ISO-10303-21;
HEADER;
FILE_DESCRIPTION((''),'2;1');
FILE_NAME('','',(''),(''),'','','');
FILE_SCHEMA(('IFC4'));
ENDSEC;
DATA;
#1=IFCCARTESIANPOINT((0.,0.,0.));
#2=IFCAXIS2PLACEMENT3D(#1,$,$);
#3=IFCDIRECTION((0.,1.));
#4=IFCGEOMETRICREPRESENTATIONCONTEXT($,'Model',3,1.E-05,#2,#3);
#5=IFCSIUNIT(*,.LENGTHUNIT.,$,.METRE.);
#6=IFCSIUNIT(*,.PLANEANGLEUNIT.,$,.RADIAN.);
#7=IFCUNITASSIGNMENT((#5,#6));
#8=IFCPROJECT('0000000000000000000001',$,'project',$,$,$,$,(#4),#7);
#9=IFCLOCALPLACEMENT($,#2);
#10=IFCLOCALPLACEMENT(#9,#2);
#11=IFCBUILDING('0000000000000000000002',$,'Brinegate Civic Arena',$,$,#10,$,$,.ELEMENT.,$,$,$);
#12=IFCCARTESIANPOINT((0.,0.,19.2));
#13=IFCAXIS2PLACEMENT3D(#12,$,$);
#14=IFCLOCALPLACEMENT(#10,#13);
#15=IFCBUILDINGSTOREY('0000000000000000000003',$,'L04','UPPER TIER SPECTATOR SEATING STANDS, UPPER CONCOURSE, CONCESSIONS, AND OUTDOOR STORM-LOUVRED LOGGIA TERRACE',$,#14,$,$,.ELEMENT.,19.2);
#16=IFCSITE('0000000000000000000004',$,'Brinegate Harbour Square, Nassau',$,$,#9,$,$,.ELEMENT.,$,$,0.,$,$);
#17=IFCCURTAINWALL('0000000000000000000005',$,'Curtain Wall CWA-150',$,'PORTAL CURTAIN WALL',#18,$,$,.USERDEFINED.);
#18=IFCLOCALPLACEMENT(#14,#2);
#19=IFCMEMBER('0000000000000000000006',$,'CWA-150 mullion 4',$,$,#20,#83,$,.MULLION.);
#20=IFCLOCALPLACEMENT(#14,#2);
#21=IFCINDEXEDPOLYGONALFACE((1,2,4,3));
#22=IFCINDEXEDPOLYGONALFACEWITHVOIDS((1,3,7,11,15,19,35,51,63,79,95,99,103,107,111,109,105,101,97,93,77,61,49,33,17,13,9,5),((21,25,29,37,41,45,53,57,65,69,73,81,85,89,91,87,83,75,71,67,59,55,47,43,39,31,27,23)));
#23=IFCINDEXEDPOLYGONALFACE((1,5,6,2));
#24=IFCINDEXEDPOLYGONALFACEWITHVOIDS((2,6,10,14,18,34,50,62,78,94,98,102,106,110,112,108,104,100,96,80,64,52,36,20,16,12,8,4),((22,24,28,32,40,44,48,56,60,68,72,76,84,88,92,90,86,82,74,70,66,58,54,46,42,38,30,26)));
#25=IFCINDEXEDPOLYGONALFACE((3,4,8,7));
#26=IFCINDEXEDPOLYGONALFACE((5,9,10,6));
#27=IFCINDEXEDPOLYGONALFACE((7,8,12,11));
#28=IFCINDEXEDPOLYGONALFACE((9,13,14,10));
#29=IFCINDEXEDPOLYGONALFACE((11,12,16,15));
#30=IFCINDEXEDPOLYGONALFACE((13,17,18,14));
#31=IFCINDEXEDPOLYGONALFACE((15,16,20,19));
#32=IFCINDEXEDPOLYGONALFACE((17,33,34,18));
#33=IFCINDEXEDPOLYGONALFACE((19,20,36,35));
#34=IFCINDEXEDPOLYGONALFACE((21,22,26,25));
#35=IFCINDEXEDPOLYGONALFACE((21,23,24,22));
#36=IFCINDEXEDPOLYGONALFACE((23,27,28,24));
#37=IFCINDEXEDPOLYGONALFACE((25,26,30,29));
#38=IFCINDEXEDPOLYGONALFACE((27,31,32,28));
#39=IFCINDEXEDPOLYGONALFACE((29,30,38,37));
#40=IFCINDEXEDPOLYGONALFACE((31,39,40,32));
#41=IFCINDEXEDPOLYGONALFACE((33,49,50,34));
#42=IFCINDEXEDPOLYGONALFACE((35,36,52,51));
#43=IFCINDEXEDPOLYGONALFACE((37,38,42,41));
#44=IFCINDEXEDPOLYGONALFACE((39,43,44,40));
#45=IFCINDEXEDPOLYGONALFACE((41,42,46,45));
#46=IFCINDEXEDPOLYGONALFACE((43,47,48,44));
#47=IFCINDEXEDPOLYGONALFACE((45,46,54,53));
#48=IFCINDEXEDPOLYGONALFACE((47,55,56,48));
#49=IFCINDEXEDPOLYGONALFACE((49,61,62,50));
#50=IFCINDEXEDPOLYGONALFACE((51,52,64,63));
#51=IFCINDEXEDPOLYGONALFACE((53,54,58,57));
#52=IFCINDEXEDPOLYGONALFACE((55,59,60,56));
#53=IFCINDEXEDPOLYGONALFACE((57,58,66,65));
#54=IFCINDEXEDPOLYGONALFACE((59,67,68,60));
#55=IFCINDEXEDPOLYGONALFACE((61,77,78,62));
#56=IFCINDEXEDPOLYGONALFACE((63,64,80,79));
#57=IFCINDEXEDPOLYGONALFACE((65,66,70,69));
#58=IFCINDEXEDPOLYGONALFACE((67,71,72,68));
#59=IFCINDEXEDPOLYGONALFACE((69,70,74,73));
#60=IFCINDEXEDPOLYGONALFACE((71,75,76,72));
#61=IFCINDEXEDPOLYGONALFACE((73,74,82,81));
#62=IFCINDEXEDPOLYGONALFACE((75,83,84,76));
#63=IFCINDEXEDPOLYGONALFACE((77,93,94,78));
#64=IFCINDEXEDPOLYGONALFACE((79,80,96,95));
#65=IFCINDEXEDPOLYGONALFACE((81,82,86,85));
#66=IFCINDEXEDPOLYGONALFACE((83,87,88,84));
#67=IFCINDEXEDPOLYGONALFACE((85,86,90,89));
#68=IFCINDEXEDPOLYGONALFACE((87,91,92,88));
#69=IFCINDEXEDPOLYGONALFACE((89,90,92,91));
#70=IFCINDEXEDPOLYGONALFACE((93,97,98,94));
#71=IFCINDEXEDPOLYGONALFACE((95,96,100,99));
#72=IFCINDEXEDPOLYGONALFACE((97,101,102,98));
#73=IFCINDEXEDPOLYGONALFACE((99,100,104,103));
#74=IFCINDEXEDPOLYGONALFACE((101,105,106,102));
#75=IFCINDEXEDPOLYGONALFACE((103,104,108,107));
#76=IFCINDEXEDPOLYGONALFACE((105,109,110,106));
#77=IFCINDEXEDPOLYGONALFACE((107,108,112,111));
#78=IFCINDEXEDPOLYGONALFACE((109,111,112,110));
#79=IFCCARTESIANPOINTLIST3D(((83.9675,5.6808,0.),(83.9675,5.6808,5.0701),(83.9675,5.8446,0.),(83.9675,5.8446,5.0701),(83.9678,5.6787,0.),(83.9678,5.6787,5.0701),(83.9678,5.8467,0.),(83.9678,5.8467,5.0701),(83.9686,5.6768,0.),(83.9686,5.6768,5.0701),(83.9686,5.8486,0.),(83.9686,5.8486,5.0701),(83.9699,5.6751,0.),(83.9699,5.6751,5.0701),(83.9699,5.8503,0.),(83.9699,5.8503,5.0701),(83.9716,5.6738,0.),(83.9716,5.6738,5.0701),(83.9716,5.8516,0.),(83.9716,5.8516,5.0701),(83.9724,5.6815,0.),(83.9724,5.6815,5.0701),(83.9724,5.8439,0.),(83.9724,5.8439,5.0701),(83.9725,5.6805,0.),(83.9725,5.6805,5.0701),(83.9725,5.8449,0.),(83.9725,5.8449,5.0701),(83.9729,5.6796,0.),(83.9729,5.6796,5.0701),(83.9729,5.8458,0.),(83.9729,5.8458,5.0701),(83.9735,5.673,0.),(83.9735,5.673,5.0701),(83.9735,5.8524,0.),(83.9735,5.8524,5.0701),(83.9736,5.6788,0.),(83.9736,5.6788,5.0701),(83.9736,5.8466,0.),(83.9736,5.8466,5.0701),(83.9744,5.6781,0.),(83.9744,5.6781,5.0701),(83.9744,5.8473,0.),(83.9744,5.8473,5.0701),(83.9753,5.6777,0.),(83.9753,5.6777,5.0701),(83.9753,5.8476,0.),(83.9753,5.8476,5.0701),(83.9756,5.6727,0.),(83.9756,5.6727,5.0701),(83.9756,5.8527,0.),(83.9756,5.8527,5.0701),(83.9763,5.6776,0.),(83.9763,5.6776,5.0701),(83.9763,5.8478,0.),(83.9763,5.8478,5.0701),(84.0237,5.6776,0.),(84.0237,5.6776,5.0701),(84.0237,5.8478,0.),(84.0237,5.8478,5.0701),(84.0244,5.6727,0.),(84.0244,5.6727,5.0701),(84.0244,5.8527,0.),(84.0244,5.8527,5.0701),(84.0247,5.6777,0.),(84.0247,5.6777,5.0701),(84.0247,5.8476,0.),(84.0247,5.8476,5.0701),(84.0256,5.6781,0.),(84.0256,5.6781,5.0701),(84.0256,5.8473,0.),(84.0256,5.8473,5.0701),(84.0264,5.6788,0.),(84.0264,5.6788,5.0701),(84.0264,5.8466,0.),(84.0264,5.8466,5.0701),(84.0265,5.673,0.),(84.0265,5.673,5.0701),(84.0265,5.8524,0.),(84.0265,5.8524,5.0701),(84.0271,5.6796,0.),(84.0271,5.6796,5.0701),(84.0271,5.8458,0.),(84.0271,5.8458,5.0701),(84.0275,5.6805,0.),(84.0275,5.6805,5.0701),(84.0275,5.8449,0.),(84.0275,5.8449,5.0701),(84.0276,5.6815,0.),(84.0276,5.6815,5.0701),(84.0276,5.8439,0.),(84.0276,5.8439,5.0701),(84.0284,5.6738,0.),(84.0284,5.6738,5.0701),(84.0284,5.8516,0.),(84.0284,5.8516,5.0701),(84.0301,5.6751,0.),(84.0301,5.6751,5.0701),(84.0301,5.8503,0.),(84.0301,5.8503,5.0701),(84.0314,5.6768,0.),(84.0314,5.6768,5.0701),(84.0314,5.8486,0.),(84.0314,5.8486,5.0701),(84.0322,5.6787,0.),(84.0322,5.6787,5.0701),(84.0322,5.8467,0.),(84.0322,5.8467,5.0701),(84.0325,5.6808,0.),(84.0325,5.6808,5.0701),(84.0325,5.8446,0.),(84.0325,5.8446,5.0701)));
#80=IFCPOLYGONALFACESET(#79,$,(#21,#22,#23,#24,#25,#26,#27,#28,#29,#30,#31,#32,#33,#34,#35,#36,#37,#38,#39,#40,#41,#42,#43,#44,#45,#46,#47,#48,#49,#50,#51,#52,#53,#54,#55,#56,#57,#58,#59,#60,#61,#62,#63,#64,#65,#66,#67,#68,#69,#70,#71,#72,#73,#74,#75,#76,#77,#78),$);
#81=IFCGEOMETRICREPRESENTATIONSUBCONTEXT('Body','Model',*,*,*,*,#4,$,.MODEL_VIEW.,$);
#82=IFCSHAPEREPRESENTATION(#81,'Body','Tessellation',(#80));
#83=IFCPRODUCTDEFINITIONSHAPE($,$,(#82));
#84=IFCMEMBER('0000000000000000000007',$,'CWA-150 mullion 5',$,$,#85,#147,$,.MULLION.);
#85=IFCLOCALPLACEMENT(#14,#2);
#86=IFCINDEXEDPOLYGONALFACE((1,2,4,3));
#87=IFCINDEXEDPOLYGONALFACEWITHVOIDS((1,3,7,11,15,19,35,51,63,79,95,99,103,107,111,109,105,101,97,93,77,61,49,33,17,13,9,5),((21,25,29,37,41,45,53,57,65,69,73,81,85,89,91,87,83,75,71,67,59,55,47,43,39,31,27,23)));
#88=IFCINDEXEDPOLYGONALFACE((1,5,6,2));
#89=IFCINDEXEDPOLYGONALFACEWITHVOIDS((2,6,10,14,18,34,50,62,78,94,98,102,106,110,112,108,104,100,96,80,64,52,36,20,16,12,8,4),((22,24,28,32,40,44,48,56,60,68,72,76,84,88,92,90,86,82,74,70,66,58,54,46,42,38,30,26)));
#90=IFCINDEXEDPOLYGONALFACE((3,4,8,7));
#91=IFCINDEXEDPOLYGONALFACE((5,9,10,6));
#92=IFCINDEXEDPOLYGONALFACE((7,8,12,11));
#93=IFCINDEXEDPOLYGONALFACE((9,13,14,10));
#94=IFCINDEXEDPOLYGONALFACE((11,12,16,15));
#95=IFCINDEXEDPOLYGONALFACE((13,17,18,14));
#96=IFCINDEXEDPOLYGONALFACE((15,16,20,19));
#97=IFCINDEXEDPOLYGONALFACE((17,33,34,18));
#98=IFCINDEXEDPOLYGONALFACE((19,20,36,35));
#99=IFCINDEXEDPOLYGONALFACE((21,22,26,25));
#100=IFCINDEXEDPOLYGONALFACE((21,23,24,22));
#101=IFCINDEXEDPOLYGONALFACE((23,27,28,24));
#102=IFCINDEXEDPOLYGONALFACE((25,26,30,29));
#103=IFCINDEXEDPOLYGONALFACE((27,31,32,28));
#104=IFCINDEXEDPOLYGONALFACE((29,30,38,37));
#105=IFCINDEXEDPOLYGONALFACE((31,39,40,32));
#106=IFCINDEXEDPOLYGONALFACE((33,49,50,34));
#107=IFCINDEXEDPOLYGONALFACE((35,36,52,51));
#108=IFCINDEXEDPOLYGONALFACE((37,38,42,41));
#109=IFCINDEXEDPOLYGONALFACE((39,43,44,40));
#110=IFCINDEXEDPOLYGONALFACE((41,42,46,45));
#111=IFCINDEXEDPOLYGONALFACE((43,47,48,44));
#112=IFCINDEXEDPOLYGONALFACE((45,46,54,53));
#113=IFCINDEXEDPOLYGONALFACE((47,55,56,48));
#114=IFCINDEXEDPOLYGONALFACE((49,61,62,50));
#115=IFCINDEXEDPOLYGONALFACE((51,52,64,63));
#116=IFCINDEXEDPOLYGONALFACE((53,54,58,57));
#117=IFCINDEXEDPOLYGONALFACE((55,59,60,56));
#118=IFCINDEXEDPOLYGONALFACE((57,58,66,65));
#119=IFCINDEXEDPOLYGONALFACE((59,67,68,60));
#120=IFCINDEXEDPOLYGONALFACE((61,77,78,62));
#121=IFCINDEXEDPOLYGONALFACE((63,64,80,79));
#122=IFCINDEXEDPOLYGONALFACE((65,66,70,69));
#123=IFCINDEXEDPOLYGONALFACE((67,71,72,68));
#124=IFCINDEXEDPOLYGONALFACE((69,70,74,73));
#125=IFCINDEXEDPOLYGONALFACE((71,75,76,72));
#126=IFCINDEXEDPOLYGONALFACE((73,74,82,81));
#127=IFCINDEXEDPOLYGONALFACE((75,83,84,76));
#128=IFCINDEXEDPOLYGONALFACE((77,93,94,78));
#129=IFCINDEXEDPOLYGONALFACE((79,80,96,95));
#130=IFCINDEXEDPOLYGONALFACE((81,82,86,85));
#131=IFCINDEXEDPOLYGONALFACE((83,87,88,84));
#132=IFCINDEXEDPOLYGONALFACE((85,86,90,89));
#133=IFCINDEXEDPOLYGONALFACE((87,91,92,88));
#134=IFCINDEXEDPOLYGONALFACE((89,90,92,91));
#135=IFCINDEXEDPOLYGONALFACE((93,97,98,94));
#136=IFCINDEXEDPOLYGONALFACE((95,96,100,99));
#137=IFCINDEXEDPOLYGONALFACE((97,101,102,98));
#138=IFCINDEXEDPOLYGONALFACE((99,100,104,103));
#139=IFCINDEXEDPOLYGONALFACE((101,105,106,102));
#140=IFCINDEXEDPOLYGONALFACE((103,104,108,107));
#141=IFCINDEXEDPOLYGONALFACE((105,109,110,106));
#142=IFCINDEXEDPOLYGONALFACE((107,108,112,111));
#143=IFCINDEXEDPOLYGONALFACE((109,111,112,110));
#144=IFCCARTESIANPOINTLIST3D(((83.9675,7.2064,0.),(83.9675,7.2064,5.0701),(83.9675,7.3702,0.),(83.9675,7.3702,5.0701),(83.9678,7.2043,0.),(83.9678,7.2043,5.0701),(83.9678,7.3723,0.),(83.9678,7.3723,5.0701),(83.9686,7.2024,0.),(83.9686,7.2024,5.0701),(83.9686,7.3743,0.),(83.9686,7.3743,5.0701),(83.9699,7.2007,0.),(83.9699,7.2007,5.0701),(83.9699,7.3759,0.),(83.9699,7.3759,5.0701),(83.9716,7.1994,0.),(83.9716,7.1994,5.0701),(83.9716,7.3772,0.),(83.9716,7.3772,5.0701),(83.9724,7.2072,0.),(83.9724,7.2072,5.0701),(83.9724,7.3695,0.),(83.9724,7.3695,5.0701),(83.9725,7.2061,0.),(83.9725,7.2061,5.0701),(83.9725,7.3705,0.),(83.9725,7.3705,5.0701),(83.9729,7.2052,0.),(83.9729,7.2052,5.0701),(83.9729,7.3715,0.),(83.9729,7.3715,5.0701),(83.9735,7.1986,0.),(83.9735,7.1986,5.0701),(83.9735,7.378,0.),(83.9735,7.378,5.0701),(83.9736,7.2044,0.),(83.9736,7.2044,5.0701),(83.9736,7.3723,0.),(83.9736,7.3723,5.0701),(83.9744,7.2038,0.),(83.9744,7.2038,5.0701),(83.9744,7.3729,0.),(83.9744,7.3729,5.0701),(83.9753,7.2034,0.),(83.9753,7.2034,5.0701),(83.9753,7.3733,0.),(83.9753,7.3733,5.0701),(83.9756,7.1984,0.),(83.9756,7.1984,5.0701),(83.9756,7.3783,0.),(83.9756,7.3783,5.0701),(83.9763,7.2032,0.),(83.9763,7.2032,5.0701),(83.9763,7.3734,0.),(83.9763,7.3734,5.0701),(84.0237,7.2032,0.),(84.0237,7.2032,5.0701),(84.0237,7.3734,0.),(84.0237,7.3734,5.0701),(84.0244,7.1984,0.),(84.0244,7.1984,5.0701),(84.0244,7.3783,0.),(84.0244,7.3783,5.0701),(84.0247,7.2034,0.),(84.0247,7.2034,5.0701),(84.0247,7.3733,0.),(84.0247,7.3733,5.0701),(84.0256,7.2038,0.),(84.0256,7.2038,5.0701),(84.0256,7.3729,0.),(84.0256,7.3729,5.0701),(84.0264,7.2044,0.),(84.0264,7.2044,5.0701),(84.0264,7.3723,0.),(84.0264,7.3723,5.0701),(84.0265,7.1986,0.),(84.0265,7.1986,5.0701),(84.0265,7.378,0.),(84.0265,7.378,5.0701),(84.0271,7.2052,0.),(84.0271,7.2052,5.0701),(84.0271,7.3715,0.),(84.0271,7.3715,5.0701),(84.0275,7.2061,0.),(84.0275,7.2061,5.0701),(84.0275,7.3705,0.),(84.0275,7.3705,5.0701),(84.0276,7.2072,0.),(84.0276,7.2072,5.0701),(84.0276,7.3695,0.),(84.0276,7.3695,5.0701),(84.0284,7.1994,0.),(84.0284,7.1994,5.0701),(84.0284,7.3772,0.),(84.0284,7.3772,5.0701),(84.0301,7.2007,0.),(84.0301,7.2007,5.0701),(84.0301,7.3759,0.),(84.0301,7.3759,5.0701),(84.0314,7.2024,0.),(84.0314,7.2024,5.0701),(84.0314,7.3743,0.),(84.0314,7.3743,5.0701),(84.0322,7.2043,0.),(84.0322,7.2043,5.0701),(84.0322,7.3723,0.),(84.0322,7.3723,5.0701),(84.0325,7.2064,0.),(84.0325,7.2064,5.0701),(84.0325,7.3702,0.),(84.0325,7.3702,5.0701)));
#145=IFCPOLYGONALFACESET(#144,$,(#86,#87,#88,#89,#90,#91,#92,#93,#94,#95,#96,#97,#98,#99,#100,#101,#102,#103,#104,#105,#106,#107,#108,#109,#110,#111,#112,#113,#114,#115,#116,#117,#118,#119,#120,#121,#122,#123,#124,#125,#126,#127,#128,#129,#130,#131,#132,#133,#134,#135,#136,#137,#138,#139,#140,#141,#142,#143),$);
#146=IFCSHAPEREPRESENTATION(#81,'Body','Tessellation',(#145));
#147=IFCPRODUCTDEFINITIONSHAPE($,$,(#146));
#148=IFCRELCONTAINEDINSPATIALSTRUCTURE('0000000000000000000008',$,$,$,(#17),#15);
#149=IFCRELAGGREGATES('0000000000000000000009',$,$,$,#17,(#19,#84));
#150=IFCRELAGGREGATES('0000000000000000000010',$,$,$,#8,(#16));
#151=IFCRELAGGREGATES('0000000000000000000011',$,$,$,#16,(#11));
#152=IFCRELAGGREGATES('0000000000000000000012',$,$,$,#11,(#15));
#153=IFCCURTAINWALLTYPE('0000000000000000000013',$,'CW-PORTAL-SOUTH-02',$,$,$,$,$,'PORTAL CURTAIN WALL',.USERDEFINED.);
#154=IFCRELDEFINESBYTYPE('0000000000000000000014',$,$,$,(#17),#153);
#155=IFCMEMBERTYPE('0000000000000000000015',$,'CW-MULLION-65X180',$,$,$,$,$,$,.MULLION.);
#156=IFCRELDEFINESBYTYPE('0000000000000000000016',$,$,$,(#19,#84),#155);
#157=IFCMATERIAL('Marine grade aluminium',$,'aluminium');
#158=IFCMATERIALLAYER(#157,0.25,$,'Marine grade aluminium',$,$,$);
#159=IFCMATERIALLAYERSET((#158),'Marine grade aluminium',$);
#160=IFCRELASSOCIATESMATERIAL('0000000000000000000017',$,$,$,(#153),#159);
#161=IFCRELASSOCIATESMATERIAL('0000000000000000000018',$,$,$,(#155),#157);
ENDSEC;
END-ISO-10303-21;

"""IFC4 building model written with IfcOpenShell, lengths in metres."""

from ifc_helpers import new_model, si_unit, direction, frame, origin, origin_2d, place, context, subcontext, project, spatial, hollow_rectangle, extrude, material, layer, layer_set, material_profile, profile_set, type_object, element, aggregate, save


model = new_model("IFC4")

# Units and contexts
model_context = context("Model", 3, precision=1e-05, world=origin(), true_north=direction((0.0, 1.0)))
body_context = subcontext(model_context, "Body", "Model", "MODEL_VIEW")
ifc_project = project(units=[si_unit("LENGTHUNIT", "METRE"), si_unit("PLANEANGLEUNIT", "RADIAN")], contexts=[model_context])

# Site, building, storey
site_placement = place(None, origin())
site = spatial("IfcSite", under=ifc_project, at=site_placement, Name="Brinegate Harbour Square, Nassau", CompositionType="ELEMENT", RefElevation=0.0)
building_placement = place(site_placement, origin())
building = spatial("IfcBuilding", under=site, at=building_placement, Name="Brinegate Civic Arena", CompositionType="ELEMENT")
storey_placement = place(building_placement, frame((0.0, 0.0, 19.2)))
storey = spatial("IfcBuildingStorey", under=building, at=storey_placement, Name="L04", Description="UPPER TIER SPECTATOR SEATING STANDS, UPPER CONCOURSE, CONCESSIONS, AND OUTDOOR STORM-LOUVRED LOGGIA TERRACE", CompositionType="ELEMENT", Elevation=19.2)

# Curtain wall, members
ifc_material_1 = material(Name="Marine grade aluminium", Category="aluminium")
ifc_layer_1 = layer(ifc_material_1, 0.25, Name="Marine grade aluminium")
ifc_layer_set_1 = layer_set([ifc_layer_1], Name="Marine grade aluminium")
curtain_wall_type = type_object("IfcCurtainWallType", Name="CW-PORTAL-SOUTH-02", ElementType="PORTAL CURTAIN WALL", PredefinedType="USERDEFINED", material=ifc_layer_set_1)
curtain_wall_1_placement = place(storey_placement, origin())
curtain_wall_1 = element("IfcCurtainWall", 1, at=curtain_wall_1_placement, inside=storey, type_object=curtain_wall_type, Name="Curtain Wall CWA-150", ObjectType="PORTAL CURTAIN WALL", PredefinedType="USERDEFINED")
ifc_material_profile_1 = material_profile(ifc_material_1, hollow_rectangle(XDim=0.0649, YDim=0.1799, WallThickness=0.0049, InnerFilletRadius=0.0039, OuterFilletRadius=0.0081, at=origin_2d()), Name="MUL65X180")
ifc_profile_set_1 = profile_set([ifc_material_profile_1], Name="Marine grade aluminium")
member_type_1 = type_object("IfcMemberType", Name="CW-MULLION-65X180", PredefinedType="MULLION", material=ifc_profile_set_1)
member_1_placement = place(storey_placement, frame((84.0, 5.7627, 0.0), z_axis=(0.0, 0.0, 1.0), x_axis=(-1.0, 0.0, 0.0)))
member_1 = element("IfcMember", 2, at=member_1_placement, type_object=member_type_1, Name="CWA-150 mullion 4", PredefinedType="MULLION", context=body_context, shape_type="SweptSolid", body=[
    extrude(hollow_rectangle(XDim=0.0649, YDim=0.1799, WallThickness=0.0049, InnerFilletRadius=0.0039, OuterFilletRadius=0.0081, at=origin_2d()), origin(), (0.0, 0.0, 1.0), 5.0701),
])
member_2_placement = place(storey_placement, frame((84.0, 7.2883, 0.0), z_axis=(0.0, 0.0, 1.0), x_axis=(-1.0, 0.0, 0.0)))
member_2 = element("IfcMember", 3, at=member_2_placement, type_object=member_type_1, Name="CWA-150 mullion 5", PredefinedType="MULLION", context=body_context, shape_type="SweptSolid", body=[
    extrude(hollow_rectangle(XDim=0.0649, YDim=0.1799, WallThickness=0.0049, InnerFilletRadius=0.0039, OuterFilletRadius=0.0081, at=origin_2d()), origin(), (0.0, 0.0, 1.0), 5.0701),
])

aggregate(curtain_wall_1, [member_1, member_2])

save(model, "model.ifc")
